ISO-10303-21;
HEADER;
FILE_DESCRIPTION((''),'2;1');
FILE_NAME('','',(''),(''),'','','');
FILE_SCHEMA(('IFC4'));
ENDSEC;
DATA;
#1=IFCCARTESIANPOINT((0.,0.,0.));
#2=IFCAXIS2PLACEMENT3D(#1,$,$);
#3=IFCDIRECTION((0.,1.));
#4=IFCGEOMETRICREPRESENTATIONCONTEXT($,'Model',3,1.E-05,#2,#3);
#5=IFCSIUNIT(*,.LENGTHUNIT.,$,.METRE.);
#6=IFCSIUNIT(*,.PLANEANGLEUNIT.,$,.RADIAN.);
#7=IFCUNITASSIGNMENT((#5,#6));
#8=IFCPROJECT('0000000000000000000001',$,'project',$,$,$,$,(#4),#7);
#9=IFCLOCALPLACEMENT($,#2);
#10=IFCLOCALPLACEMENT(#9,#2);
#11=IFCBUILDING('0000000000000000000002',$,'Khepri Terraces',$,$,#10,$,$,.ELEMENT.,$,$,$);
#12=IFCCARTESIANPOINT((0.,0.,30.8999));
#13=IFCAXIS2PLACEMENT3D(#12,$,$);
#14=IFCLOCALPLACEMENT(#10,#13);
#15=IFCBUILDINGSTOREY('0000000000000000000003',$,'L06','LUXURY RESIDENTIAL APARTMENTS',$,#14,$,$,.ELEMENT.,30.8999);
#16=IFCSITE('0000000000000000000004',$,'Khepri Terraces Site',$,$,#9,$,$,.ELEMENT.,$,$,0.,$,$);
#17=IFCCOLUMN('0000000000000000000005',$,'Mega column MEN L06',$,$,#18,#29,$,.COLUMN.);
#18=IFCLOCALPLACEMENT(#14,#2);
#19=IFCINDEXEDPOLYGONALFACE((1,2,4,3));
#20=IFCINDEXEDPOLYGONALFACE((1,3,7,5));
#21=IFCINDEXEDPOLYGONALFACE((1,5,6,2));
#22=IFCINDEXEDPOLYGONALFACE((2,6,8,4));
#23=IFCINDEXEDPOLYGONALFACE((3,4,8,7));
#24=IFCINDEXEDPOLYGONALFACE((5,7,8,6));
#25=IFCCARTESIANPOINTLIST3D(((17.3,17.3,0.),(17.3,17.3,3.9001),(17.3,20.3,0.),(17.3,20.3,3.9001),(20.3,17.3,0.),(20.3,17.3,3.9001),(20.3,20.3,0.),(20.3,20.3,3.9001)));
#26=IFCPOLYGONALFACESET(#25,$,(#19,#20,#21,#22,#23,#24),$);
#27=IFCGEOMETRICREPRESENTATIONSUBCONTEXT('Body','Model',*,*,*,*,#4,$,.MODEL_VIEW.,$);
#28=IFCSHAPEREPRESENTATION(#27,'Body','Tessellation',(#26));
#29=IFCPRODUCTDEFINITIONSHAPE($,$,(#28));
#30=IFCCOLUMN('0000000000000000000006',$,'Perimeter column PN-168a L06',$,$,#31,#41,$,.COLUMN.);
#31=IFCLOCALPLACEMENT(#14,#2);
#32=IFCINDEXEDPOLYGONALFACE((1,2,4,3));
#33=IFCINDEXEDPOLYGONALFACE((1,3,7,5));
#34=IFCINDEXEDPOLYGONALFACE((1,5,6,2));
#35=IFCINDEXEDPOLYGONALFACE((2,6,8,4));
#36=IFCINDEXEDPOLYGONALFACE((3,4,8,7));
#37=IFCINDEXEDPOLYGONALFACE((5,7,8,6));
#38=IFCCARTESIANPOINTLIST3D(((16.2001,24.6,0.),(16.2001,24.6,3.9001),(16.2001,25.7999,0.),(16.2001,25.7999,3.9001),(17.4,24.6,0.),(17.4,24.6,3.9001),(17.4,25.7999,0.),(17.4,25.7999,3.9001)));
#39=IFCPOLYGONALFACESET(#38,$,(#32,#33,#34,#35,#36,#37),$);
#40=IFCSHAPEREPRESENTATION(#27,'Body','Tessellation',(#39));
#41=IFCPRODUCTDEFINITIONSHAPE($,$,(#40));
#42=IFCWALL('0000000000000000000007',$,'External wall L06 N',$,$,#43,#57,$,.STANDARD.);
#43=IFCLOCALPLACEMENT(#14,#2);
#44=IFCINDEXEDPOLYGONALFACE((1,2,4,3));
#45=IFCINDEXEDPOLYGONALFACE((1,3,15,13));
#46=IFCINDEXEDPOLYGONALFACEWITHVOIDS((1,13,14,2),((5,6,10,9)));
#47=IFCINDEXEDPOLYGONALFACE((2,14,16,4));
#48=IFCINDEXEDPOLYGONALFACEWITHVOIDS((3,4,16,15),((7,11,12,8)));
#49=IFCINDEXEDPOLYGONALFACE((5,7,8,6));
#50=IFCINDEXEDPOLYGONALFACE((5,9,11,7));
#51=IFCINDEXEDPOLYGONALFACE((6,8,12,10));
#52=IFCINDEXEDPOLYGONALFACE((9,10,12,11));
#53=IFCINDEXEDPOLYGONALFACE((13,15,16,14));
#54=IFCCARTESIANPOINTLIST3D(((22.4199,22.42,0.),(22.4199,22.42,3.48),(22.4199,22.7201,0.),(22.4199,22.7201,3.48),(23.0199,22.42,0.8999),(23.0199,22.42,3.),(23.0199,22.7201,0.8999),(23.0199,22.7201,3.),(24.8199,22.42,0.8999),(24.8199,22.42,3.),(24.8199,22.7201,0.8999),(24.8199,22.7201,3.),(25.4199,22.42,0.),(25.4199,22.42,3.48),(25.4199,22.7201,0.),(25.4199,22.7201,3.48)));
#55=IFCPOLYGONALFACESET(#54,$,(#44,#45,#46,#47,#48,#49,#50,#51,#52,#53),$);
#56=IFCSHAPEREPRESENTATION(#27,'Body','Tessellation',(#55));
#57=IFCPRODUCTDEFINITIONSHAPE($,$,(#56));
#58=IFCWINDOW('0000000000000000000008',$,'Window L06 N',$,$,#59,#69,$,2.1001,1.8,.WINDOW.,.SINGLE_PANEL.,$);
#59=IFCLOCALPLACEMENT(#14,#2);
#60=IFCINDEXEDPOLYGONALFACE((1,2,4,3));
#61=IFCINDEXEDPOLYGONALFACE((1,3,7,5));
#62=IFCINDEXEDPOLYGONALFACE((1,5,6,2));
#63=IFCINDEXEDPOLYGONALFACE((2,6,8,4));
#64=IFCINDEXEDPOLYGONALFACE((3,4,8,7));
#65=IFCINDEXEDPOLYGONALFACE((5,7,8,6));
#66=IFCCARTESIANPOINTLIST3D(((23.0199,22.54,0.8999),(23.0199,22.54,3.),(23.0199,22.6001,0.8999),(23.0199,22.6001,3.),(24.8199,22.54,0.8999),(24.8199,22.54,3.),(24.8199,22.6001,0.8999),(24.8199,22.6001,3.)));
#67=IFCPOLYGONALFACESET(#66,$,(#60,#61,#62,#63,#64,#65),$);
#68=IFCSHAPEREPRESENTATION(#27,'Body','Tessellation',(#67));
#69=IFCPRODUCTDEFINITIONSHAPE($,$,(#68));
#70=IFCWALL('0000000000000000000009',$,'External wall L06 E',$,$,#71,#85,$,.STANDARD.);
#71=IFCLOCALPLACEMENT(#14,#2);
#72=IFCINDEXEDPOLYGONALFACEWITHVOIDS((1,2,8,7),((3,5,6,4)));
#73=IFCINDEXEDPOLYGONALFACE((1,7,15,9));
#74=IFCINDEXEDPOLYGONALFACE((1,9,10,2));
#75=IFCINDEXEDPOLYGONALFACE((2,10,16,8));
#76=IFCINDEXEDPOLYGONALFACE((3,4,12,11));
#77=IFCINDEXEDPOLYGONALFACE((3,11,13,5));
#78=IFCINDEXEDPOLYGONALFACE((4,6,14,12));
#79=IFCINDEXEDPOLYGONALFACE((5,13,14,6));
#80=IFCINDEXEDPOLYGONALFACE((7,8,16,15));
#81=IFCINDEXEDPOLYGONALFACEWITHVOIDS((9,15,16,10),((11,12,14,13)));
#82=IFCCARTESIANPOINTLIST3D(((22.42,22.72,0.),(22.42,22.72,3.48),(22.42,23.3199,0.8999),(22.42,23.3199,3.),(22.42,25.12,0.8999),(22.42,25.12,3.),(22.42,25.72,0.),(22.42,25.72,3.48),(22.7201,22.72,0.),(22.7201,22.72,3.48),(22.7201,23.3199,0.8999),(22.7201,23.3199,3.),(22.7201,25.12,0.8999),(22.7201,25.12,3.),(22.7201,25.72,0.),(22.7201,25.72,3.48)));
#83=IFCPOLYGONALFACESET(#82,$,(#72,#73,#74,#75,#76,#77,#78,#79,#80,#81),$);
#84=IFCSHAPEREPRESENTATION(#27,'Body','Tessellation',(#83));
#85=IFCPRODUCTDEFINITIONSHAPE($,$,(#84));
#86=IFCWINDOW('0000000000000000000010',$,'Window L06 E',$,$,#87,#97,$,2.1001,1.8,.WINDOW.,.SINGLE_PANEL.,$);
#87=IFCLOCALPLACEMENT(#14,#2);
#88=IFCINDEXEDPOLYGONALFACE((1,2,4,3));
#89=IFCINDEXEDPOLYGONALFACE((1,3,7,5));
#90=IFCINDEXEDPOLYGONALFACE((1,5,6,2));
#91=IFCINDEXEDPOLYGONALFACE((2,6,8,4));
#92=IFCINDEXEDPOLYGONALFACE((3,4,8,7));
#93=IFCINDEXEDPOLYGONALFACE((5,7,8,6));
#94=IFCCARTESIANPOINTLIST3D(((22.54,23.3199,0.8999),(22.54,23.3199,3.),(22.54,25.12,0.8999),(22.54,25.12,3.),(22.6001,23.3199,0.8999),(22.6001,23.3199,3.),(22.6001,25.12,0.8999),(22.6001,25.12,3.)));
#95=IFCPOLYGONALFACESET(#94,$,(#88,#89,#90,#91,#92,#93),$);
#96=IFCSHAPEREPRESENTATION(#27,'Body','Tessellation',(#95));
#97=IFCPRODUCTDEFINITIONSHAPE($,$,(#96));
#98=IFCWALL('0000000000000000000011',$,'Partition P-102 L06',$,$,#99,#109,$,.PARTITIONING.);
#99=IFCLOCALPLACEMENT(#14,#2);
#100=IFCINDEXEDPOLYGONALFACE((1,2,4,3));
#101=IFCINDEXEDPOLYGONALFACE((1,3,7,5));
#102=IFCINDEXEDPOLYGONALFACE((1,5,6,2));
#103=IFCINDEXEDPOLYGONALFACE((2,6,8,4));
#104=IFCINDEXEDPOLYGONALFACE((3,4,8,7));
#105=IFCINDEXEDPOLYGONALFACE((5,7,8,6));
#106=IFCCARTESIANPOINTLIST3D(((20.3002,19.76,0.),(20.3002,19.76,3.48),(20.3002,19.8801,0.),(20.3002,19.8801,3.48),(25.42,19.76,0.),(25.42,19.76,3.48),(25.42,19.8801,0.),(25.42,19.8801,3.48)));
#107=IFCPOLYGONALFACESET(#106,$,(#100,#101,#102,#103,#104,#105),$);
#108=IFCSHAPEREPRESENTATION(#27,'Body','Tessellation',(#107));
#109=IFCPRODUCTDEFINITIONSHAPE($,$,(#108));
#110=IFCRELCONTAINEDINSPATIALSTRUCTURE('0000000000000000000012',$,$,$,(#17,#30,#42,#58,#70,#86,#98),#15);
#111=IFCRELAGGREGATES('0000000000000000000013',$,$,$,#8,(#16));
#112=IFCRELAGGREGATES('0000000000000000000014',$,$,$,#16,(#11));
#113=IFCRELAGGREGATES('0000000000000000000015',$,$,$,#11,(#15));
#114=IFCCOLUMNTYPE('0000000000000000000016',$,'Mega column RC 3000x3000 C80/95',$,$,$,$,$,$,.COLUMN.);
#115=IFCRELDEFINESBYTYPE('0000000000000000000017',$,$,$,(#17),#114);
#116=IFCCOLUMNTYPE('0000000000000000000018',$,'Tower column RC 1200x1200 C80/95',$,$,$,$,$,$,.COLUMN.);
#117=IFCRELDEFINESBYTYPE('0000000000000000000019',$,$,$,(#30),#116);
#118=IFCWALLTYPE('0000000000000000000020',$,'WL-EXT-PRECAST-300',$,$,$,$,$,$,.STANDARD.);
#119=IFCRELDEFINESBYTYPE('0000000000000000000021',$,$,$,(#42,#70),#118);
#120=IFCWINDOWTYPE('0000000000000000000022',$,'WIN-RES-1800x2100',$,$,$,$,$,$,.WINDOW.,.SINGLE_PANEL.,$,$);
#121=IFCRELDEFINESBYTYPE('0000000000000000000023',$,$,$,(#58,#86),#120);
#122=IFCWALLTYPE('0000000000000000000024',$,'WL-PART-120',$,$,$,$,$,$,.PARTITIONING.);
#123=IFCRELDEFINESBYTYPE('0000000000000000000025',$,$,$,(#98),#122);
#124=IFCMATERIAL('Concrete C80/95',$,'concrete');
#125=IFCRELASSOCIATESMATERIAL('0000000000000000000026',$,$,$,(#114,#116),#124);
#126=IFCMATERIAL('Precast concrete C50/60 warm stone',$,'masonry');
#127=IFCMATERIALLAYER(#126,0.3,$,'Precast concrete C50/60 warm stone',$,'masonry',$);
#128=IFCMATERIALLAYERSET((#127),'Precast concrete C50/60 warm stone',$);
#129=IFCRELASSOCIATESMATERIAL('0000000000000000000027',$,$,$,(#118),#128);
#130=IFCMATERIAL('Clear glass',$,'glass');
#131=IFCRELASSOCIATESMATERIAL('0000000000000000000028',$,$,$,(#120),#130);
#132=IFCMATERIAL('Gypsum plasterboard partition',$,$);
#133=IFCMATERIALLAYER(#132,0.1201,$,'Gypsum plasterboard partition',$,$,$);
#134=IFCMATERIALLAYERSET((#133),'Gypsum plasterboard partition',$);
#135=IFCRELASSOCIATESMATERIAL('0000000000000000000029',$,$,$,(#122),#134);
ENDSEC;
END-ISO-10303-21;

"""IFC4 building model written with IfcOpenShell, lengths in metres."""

from ifc_helpers import new_model, si_unit, direction, frame, frame_2d, origin, origin_2d, place, context, subcontext, project, spatial, rectangle, extrude, material, layer, layer_set, material_profile, profile_set, type_object, element, fill, save


model = new_model("IFC4")

# Units and contexts
model_context = context("Model", 3, precision=1e-05, world=origin(), true_north=direction((0.0, 1.0)))
body_context = subcontext(model_context, "Body", "Model", "MODEL_VIEW")
ifc_project = project(units=[si_unit("LENGTHUNIT", "METRE"), si_unit("PLANEANGLEUNIT", "RADIAN")], contexts=[model_context])

# Site, building, storey
site_placement = place(None, origin())
site = spatial("IfcSite", under=ifc_project, at=site_placement, Name="Khepri Terraces Site", CompositionType="ELEMENT", RefElevation=0.0)
building_placement = place(site_placement, origin())
building = spatial("IfcBuilding", under=site, at=building_placement, Name="Khepri Terraces", CompositionType="ELEMENT")
storey_placement = place(building_placement, frame((0.0, 0.0, 30.8999)))
storey = spatial("IfcBuildingStorey", under=building, at=storey_placement, Name="L06", Description="LUXURY RESIDENTIAL APARTMENTS", CompositionType="ELEMENT", Elevation=30.8999)

# Columns
ifc_material_1 = material(Name="Concrete C80/95", Category="concrete")
ifc_material_profile_1 = material_profile(ifc_material_1, rectangle(XDim=3.0, YDim=3.0, at=origin_2d()), Name="Concrete C80/95", Category="concrete")
ifc_profile_set_1 = profile_set([ifc_material_profile_1], Name="Concrete C80/95")
column_type_1 = type_object("IfcColumnType", Name="Mega column RC 3000x3000 C80/95", PredefinedType="COLUMN", material=ifc_profile_set_1)
column_1_placement = place(storey_placement, frame((18.8, 18.8, 0.0), z_axis=(0.0, 0.0, 1.0), x_axis=(1.0, 0.0, 0.0)))
element("IfcColumn", 1, at=column_1_placement, inside=storey, type_object=column_type_1, Name="Mega column MEN L06", PredefinedType="COLUMN", context=body_context, shape_type="SweptSolid", body=[
    extrude(rectangle(XDim=3.0, YDim=3.0, at=origin_2d()), origin(), (0.0, 0.0, 1.0), 3.9001),
])
ifc_material_profile_2 = material_profile(ifc_material_1, rectangle(XDim=1.2, YDim=1.2, at=origin_2d()), Name="Concrete C80/95", Category="concrete")
ifc_profile_set_2 = profile_set([ifc_material_profile_2], Name="Concrete C80/95")
column_type_2 = type_object("IfcColumnType", Name="Tower column RC 1200x1200 C80/95", PredefinedType="COLUMN", material=ifc_profile_set_2)
column_2_placement = place(storey_placement, frame((16.8, 25.2, 0.0), z_axis=(0.0, 0.0, 1.0), x_axis=(1.0, 0.0, 0.0)))
element("IfcColumn", 2, at=column_2_placement, inside=storey, type_object=column_type_2, Name="Perimeter column PN-168a L06", PredefinedType="COLUMN", context=body_context, shape_type="SweptSolid", body=[
    extrude(rectangle(XDim=1.2, YDim=1.2, at=origin_2d()), origin(), (0.0, 0.0, 1.0), 3.9001),
])

# Walls, openings, windows
ifc_material_2 = material(Name="Precast concrete C50/60 warm stone", Category="masonry")
ifc_layer_1 = layer(ifc_material_2, 0.3, Name="Precast concrete C50/60 warm stone", Category="masonry")
ifc_layer_set_1 = layer_set([ifc_layer_1], Name="Precast concrete C50/60 warm stone")
wall_type_1 = type_object("IfcWallType", Name="WL-EXT-PRECAST-300", PredefinedType="STANDARD", material=ifc_layer_set_1)
wall_1_placement = place(storey_placement, frame((25.4199, 22.5701, 0.0), z_axis=(0.0, 0.0, 1.0), x_axis=(-1.0, 0.0, 0.0)))
wall_1 = element("IfcWall", 3, at=wall_1_placement, inside=storey, type_object=wall_type_1, Name="External wall L06 N", PredefinedType="STANDARD", context=body_context, shape_type="SweptSolid", body=[
    extrude(rectangle(XDim=3.0, YDim=0.3, at=frame_2d((1.5, 0.0))), origin(), (0.0, 0.0, 1.0), 3.48),
])
opening_1_placement = place(wall_1_placement, frame((0.6001, 0.0, 0.8999)))
opening_1 = element("IfcOpeningElement", 4, at=opening_1_placement, cuts=wall_1, PredefinedType="OPENING", context=body_context, shape_type="SweptSolid", body=[
    extrude(rectangle(XDim=1.8, YDim=2.1001, at=frame_2d((0.8999, 1.05))), frame((0.0, 0.1602, 0.0), z_axis=(0.0, -1.0, 0.0), x_axis=(1.0, 0.0, 0.0)), (0.0, 0.0, 1.0), 0.3201),
])
ifc_material_3 = material(Name="Clear glass", Category="glass")
window_type = type_object("IfcWindowType", Name="WIN-RES-1800x2100", PartitioningType="SINGLE_PANEL", PredefinedType="WINDOW", material=ifc_material_3)
window_1_placement = place(opening_1_placement, origin())
window_1 = element("IfcWindow", 5, at=window_1_placement, inside=storey, type_object=window_type, Name="Window L06 N", OverallHeight=2.1001, OverallWidth=1.8, PartitioningType="SINGLE_PANEL", PredefinedType="WINDOW", context=body_context, shape_type="SweptSolid", body=[
    extrude(rectangle(XDim=1.8, YDim=2.1001, at=frame_2d((0.8999, 1.05))), frame((0.0, 0.03, 0.0), z_axis=(0.0, -1.0, 0.0), x_axis=(1.0, 0.0, 0.0)), (0.0, 0.0, 1.0), 0.0601),
])
fill(opening_1, window_1)
wall_2_placement = place(storey_placement, frame((22.5701, 22.72, 0.0), z_axis=(0.0, 0.0, 1.0), x_axis=(0.0, 1.0, 0.0)))
wall_2 = element("IfcWall", 6, at=wall_2_placement, inside=storey, type_object=wall_type_1, Name="External wall L06 E", PredefinedType="STANDARD", context=body_context, shape_type="SweptSolid", body=[
    extrude(rectangle(XDim=3.0, YDim=0.3, at=frame_2d((1.5, 0.0))), origin(), (0.0, 0.0, 1.0), 3.48),
])
opening_2_placement = place(wall_2_placement, frame((0.6001, 0.0, 0.8999)))
opening_2 = element("IfcOpeningElement", 7, at=opening_2_placement, cuts=wall_2, PredefinedType="OPENING", context=body_context, shape_type="SweptSolid", body=[
    extrude(rectangle(XDim=1.8, YDim=2.1001, at=frame_2d((0.8999, 1.05))), frame((0.0, 0.1602, 0.0), z_axis=(0.0, -1.0, 0.0), x_axis=(1.0, 0.0, 0.0)), (0.0, 0.0, 1.0), 0.3201),
])
window_2_placement = place(opening_2_placement, origin())
window_2 = element("IfcWindow", 8, at=window_2_placement, inside=storey, type_object=window_type, Name="Window L06 E", OverallHeight=2.1001, OverallWidth=1.8, PartitioningType="SINGLE_PANEL", PredefinedType="WINDOW", context=body_context, shape_type="SweptSolid", body=[
    extrude(rectangle(XDim=1.8, YDim=2.1001, at=frame_2d((0.8999, 1.05))), frame((0.0, 0.03, 0.0), z_axis=(0.0, -1.0, 0.0), x_axis=(1.0, 0.0, 0.0)), (0.0, 0.0, 1.0), 0.0601),
])
fill(opening_2, window_2)

# Wall
ifc_material_4 = material(Name="Gypsum plasterboard partition")
ifc_layer_2 = layer(ifc_material_4, 0.1201, Name="Gypsum plasterboard partition")
ifc_layer_set_2 = layer_set([ifc_layer_2], Name="Gypsum plasterboard partition")
wall_type_2 = type_object("IfcWallType", Name="WL-PART-120", PredefinedType="PARTITIONING", material=ifc_layer_set_2)
wall_3_placement = place(storey_placement, frame((20.3, 19.8201, 0.0), z_axis=(0.0, 0.0, 1.0), x_axis=(1.0, 0.0, 0.0)))
element("IfcWall", 9, at=wall_3_placement, inside=storey, type_object=wall_type_2, Name="Partition P-102 L06", PredefinedType="PARTITIONING", context=body_context, shape_type="SweptSolid", body=[
    extrude(rectangle(XDim=5.1199, YDim=0.1201, at=frame_2d((2.5601, 0.0))), origin(), (0.0, 0.0, 1.0), 3.48),
])

save(model, "model.ifc")
